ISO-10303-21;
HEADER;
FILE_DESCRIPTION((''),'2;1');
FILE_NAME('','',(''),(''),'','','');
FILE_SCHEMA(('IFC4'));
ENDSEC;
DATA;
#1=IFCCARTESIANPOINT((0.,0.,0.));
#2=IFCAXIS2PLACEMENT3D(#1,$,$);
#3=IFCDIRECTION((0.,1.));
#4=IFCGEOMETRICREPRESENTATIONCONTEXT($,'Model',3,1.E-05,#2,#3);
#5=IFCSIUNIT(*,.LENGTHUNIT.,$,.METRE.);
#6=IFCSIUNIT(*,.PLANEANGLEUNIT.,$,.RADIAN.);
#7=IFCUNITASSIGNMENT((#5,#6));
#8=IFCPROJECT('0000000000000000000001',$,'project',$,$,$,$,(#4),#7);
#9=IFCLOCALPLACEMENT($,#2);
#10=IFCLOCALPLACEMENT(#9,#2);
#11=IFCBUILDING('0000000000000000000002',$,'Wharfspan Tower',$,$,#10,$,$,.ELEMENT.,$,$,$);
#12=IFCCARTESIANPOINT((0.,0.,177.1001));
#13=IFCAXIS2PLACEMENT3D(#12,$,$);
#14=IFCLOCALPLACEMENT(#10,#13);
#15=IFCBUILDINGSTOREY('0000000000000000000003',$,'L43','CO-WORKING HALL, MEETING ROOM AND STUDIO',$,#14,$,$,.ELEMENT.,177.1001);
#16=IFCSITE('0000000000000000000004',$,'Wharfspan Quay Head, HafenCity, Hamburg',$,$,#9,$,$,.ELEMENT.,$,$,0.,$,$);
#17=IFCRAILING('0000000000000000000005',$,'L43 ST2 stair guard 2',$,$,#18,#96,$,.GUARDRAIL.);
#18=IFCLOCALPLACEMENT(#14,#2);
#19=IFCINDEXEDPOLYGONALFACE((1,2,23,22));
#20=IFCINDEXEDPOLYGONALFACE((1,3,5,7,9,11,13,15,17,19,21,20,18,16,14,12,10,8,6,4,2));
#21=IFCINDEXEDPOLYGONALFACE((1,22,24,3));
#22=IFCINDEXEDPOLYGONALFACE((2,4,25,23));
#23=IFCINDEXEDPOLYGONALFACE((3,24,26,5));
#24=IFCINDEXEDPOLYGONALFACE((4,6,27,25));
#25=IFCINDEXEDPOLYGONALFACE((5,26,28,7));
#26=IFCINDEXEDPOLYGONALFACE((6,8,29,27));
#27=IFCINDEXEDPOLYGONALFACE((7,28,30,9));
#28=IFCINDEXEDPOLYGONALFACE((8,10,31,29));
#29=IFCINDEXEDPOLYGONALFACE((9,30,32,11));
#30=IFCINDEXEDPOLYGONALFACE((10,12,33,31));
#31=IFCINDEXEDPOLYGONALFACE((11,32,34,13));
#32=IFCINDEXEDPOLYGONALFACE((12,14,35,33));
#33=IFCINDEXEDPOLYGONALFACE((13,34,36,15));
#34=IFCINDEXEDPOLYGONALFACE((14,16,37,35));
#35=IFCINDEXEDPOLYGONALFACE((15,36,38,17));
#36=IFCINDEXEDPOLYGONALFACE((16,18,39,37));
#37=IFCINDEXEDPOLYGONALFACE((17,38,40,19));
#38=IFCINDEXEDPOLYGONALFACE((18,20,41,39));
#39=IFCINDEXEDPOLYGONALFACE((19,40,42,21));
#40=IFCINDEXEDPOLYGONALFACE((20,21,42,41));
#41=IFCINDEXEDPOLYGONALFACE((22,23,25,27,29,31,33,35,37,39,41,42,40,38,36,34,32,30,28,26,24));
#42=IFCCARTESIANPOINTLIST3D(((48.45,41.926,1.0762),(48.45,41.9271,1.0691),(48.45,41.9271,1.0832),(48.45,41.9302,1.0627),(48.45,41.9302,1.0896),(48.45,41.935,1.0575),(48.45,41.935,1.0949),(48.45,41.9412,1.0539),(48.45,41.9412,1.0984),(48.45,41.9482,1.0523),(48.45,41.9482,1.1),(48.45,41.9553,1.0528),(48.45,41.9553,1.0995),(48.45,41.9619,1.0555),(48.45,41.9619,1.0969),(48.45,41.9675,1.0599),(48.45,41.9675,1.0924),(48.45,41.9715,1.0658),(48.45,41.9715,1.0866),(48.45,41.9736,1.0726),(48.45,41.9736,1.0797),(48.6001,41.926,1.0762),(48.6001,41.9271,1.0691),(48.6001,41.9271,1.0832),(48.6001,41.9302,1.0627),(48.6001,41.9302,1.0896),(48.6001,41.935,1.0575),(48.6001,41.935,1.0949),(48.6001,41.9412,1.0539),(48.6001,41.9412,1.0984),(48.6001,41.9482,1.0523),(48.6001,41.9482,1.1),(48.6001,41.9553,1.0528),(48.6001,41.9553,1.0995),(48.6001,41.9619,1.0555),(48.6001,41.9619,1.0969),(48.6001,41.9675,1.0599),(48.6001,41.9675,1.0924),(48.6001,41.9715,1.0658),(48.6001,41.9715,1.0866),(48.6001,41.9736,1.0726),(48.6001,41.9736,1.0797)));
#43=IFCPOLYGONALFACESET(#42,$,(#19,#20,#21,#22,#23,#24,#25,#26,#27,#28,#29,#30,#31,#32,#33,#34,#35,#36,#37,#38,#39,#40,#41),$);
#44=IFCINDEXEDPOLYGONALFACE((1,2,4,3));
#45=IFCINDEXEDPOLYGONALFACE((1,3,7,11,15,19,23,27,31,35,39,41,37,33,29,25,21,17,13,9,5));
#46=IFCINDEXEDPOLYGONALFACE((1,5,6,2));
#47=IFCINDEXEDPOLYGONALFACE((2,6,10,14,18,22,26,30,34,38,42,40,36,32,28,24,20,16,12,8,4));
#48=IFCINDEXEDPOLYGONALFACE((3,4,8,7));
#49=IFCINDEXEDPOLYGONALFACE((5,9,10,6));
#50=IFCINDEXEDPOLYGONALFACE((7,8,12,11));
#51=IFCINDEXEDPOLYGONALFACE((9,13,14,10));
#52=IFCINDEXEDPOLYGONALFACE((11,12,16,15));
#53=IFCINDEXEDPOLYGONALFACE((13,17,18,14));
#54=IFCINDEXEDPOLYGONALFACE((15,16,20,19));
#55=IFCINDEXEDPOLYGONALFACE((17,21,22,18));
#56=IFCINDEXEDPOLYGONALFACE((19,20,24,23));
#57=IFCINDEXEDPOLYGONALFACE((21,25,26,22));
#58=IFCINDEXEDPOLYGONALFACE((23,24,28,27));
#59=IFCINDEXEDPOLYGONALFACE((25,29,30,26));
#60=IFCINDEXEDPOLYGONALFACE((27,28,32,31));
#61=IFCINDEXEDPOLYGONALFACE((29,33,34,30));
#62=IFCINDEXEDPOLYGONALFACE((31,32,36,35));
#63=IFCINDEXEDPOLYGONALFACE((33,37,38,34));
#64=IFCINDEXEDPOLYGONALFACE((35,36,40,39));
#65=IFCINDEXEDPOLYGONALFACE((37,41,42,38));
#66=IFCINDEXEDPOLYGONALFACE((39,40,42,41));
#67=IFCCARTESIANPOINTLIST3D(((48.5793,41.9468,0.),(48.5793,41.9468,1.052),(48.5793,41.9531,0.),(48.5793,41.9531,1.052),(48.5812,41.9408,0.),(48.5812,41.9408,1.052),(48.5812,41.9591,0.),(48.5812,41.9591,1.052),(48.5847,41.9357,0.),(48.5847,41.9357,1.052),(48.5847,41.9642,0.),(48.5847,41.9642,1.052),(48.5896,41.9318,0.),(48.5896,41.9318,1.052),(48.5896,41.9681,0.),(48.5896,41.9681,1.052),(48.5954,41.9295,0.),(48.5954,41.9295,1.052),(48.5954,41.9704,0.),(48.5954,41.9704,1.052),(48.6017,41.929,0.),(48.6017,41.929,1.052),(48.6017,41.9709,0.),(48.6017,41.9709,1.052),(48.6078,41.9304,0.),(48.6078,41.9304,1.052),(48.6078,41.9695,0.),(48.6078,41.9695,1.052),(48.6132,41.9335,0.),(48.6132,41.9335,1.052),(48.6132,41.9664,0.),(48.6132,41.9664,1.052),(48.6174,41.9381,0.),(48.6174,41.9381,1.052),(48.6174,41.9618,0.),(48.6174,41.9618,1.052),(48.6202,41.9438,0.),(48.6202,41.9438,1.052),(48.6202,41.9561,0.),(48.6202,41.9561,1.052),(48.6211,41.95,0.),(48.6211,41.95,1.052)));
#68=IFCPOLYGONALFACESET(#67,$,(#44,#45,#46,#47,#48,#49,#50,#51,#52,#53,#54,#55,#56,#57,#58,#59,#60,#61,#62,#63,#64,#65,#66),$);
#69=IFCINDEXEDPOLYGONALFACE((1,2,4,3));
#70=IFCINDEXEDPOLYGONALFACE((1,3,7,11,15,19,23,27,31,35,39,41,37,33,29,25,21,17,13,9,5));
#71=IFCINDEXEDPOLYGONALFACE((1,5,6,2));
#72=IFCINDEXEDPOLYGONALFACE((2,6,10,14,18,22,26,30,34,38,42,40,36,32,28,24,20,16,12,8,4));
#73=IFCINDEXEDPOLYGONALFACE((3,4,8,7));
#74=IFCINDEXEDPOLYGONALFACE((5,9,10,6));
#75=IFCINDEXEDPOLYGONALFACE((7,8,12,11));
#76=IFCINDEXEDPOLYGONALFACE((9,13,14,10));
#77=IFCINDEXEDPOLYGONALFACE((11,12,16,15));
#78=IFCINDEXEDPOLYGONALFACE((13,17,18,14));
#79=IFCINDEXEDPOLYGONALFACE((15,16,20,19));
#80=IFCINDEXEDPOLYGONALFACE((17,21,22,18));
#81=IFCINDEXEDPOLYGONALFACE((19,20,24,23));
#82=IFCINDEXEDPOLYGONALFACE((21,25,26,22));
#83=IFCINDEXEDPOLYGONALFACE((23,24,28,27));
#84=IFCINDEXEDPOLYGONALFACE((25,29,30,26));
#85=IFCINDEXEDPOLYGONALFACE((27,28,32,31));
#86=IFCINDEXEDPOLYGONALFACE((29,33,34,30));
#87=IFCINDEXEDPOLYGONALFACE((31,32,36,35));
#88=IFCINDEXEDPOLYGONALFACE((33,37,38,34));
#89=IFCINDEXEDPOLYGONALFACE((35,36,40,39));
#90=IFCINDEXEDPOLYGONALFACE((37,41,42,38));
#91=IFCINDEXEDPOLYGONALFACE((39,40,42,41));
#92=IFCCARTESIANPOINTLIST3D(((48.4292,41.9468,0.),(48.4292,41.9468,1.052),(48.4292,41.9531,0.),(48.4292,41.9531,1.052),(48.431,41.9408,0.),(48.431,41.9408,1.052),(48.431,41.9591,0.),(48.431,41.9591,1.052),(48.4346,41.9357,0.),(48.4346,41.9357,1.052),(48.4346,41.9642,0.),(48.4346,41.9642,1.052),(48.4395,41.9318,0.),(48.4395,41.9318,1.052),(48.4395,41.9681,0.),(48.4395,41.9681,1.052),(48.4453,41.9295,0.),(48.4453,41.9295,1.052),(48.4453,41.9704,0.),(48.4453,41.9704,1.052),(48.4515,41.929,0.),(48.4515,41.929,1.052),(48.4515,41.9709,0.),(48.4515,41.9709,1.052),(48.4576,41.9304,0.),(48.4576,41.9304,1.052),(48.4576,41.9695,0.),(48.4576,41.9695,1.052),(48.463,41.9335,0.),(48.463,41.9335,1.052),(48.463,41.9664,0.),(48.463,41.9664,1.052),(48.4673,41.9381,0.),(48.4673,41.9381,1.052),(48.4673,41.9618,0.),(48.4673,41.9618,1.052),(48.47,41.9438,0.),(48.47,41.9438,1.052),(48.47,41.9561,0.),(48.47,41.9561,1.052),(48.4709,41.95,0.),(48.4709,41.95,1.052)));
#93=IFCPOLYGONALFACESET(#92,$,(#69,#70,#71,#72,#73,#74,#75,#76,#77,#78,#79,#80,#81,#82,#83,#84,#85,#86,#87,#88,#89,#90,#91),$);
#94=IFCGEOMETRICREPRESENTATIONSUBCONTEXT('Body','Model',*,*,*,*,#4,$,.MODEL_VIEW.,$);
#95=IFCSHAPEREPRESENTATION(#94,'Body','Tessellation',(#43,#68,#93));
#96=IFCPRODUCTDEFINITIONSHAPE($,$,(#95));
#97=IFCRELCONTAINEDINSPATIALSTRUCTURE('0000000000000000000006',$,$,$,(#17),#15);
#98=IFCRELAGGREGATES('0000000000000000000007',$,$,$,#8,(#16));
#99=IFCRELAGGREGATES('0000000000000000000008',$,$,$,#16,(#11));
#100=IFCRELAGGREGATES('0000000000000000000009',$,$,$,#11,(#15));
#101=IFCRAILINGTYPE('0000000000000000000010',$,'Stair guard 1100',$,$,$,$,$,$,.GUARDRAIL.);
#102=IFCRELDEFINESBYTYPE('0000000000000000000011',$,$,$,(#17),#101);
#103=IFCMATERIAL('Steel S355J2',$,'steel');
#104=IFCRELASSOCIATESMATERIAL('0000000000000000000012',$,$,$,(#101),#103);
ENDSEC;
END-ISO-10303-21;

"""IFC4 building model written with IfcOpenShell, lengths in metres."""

from ifc_helpers import new_model, si_unit, direction, frame, origin, origin_2d, place, context, subcontext, project, spatial, circle, extrude, material, type_object, element, save


model = new_model("IFC4")

# Units and contexts
model_context = context("Model", 3, precision=1e-05, world=origin(), true_north=direction((0.0, 1.0)))
body_context = subcontext(model_context, "Body", "Model", "MODEL_VIEW")
ifc_project = project(units=[si_unit("LENGTHUNIT", "METRE"), si_unit("PLANEANGLEUNIT", "RADIAN")], contexts=[model_context])

# Site, building, storey
site_placement = place(None, origin())
site = spatial("IfcSite", under=ifc_project, at=site_placement, Name="Wharfspan Quay Head, HafenCity, Hamburg", CompositionType="ELEMENT", RefElevation=0.0)
building_placement = place(site_placement, origin())
building = spatial("IfcBuilding", under=site, at=building_placement, Name="Wharfspan Tower", CompositionType="ELEMENT")
storey_placement = place(building_placement, frame((0.0, 0.0, 177.1001)))
storey = spatial("IfcBuildingStorey", under=building, at=storey_placement, Name="L43", Description="CO-WORKING HALL, MEETING ROOM AND STUDIO", CompositionType="ELEMENT", Elevation=177.1001)

# Shared definitions
ifc_material_1 = material(Name="Steel S355J2", Category="steel")

# Railing
railing_type_1 = type_object("IfcRailingType", Name="Stair guard 1100", PredefinedType="GUARDRAIL", material=ifc_material_1)
railing_1_placement = place(storey_placement, frame((48.6001, 41.95, 0.0)))
element("IfcRailing", 1, at=railing_1_placement, inside=storey, type_object=railing_type_1, Name="L43 ST2 stair guard 2", PredefinedType="GUARDRAIL", context=body_context, shape_type="SweptSolid", body=[
    extrude(circle(Radius=0.0239, at=origin_2d()), frame((0.0, 0.0, 1.0762), z_axis=(-1.0, 0.0, 0.0), x_axis=(0.0, -1.0, 0.0)), (0.0, 0.0, 1.0), 0.1501),
    extrude(circle(Radius=0.021, at=origin_2d()), origin(), (0.0, 0.0, 1.0), 1.052),
    extrude(circle(Radius=0.021, at=origin_2d()), frame((-0.1501, 0.0, 0.0)), (0.0, 0.0, 1.0), 1.052),
])

save(model, "model.ifc")
